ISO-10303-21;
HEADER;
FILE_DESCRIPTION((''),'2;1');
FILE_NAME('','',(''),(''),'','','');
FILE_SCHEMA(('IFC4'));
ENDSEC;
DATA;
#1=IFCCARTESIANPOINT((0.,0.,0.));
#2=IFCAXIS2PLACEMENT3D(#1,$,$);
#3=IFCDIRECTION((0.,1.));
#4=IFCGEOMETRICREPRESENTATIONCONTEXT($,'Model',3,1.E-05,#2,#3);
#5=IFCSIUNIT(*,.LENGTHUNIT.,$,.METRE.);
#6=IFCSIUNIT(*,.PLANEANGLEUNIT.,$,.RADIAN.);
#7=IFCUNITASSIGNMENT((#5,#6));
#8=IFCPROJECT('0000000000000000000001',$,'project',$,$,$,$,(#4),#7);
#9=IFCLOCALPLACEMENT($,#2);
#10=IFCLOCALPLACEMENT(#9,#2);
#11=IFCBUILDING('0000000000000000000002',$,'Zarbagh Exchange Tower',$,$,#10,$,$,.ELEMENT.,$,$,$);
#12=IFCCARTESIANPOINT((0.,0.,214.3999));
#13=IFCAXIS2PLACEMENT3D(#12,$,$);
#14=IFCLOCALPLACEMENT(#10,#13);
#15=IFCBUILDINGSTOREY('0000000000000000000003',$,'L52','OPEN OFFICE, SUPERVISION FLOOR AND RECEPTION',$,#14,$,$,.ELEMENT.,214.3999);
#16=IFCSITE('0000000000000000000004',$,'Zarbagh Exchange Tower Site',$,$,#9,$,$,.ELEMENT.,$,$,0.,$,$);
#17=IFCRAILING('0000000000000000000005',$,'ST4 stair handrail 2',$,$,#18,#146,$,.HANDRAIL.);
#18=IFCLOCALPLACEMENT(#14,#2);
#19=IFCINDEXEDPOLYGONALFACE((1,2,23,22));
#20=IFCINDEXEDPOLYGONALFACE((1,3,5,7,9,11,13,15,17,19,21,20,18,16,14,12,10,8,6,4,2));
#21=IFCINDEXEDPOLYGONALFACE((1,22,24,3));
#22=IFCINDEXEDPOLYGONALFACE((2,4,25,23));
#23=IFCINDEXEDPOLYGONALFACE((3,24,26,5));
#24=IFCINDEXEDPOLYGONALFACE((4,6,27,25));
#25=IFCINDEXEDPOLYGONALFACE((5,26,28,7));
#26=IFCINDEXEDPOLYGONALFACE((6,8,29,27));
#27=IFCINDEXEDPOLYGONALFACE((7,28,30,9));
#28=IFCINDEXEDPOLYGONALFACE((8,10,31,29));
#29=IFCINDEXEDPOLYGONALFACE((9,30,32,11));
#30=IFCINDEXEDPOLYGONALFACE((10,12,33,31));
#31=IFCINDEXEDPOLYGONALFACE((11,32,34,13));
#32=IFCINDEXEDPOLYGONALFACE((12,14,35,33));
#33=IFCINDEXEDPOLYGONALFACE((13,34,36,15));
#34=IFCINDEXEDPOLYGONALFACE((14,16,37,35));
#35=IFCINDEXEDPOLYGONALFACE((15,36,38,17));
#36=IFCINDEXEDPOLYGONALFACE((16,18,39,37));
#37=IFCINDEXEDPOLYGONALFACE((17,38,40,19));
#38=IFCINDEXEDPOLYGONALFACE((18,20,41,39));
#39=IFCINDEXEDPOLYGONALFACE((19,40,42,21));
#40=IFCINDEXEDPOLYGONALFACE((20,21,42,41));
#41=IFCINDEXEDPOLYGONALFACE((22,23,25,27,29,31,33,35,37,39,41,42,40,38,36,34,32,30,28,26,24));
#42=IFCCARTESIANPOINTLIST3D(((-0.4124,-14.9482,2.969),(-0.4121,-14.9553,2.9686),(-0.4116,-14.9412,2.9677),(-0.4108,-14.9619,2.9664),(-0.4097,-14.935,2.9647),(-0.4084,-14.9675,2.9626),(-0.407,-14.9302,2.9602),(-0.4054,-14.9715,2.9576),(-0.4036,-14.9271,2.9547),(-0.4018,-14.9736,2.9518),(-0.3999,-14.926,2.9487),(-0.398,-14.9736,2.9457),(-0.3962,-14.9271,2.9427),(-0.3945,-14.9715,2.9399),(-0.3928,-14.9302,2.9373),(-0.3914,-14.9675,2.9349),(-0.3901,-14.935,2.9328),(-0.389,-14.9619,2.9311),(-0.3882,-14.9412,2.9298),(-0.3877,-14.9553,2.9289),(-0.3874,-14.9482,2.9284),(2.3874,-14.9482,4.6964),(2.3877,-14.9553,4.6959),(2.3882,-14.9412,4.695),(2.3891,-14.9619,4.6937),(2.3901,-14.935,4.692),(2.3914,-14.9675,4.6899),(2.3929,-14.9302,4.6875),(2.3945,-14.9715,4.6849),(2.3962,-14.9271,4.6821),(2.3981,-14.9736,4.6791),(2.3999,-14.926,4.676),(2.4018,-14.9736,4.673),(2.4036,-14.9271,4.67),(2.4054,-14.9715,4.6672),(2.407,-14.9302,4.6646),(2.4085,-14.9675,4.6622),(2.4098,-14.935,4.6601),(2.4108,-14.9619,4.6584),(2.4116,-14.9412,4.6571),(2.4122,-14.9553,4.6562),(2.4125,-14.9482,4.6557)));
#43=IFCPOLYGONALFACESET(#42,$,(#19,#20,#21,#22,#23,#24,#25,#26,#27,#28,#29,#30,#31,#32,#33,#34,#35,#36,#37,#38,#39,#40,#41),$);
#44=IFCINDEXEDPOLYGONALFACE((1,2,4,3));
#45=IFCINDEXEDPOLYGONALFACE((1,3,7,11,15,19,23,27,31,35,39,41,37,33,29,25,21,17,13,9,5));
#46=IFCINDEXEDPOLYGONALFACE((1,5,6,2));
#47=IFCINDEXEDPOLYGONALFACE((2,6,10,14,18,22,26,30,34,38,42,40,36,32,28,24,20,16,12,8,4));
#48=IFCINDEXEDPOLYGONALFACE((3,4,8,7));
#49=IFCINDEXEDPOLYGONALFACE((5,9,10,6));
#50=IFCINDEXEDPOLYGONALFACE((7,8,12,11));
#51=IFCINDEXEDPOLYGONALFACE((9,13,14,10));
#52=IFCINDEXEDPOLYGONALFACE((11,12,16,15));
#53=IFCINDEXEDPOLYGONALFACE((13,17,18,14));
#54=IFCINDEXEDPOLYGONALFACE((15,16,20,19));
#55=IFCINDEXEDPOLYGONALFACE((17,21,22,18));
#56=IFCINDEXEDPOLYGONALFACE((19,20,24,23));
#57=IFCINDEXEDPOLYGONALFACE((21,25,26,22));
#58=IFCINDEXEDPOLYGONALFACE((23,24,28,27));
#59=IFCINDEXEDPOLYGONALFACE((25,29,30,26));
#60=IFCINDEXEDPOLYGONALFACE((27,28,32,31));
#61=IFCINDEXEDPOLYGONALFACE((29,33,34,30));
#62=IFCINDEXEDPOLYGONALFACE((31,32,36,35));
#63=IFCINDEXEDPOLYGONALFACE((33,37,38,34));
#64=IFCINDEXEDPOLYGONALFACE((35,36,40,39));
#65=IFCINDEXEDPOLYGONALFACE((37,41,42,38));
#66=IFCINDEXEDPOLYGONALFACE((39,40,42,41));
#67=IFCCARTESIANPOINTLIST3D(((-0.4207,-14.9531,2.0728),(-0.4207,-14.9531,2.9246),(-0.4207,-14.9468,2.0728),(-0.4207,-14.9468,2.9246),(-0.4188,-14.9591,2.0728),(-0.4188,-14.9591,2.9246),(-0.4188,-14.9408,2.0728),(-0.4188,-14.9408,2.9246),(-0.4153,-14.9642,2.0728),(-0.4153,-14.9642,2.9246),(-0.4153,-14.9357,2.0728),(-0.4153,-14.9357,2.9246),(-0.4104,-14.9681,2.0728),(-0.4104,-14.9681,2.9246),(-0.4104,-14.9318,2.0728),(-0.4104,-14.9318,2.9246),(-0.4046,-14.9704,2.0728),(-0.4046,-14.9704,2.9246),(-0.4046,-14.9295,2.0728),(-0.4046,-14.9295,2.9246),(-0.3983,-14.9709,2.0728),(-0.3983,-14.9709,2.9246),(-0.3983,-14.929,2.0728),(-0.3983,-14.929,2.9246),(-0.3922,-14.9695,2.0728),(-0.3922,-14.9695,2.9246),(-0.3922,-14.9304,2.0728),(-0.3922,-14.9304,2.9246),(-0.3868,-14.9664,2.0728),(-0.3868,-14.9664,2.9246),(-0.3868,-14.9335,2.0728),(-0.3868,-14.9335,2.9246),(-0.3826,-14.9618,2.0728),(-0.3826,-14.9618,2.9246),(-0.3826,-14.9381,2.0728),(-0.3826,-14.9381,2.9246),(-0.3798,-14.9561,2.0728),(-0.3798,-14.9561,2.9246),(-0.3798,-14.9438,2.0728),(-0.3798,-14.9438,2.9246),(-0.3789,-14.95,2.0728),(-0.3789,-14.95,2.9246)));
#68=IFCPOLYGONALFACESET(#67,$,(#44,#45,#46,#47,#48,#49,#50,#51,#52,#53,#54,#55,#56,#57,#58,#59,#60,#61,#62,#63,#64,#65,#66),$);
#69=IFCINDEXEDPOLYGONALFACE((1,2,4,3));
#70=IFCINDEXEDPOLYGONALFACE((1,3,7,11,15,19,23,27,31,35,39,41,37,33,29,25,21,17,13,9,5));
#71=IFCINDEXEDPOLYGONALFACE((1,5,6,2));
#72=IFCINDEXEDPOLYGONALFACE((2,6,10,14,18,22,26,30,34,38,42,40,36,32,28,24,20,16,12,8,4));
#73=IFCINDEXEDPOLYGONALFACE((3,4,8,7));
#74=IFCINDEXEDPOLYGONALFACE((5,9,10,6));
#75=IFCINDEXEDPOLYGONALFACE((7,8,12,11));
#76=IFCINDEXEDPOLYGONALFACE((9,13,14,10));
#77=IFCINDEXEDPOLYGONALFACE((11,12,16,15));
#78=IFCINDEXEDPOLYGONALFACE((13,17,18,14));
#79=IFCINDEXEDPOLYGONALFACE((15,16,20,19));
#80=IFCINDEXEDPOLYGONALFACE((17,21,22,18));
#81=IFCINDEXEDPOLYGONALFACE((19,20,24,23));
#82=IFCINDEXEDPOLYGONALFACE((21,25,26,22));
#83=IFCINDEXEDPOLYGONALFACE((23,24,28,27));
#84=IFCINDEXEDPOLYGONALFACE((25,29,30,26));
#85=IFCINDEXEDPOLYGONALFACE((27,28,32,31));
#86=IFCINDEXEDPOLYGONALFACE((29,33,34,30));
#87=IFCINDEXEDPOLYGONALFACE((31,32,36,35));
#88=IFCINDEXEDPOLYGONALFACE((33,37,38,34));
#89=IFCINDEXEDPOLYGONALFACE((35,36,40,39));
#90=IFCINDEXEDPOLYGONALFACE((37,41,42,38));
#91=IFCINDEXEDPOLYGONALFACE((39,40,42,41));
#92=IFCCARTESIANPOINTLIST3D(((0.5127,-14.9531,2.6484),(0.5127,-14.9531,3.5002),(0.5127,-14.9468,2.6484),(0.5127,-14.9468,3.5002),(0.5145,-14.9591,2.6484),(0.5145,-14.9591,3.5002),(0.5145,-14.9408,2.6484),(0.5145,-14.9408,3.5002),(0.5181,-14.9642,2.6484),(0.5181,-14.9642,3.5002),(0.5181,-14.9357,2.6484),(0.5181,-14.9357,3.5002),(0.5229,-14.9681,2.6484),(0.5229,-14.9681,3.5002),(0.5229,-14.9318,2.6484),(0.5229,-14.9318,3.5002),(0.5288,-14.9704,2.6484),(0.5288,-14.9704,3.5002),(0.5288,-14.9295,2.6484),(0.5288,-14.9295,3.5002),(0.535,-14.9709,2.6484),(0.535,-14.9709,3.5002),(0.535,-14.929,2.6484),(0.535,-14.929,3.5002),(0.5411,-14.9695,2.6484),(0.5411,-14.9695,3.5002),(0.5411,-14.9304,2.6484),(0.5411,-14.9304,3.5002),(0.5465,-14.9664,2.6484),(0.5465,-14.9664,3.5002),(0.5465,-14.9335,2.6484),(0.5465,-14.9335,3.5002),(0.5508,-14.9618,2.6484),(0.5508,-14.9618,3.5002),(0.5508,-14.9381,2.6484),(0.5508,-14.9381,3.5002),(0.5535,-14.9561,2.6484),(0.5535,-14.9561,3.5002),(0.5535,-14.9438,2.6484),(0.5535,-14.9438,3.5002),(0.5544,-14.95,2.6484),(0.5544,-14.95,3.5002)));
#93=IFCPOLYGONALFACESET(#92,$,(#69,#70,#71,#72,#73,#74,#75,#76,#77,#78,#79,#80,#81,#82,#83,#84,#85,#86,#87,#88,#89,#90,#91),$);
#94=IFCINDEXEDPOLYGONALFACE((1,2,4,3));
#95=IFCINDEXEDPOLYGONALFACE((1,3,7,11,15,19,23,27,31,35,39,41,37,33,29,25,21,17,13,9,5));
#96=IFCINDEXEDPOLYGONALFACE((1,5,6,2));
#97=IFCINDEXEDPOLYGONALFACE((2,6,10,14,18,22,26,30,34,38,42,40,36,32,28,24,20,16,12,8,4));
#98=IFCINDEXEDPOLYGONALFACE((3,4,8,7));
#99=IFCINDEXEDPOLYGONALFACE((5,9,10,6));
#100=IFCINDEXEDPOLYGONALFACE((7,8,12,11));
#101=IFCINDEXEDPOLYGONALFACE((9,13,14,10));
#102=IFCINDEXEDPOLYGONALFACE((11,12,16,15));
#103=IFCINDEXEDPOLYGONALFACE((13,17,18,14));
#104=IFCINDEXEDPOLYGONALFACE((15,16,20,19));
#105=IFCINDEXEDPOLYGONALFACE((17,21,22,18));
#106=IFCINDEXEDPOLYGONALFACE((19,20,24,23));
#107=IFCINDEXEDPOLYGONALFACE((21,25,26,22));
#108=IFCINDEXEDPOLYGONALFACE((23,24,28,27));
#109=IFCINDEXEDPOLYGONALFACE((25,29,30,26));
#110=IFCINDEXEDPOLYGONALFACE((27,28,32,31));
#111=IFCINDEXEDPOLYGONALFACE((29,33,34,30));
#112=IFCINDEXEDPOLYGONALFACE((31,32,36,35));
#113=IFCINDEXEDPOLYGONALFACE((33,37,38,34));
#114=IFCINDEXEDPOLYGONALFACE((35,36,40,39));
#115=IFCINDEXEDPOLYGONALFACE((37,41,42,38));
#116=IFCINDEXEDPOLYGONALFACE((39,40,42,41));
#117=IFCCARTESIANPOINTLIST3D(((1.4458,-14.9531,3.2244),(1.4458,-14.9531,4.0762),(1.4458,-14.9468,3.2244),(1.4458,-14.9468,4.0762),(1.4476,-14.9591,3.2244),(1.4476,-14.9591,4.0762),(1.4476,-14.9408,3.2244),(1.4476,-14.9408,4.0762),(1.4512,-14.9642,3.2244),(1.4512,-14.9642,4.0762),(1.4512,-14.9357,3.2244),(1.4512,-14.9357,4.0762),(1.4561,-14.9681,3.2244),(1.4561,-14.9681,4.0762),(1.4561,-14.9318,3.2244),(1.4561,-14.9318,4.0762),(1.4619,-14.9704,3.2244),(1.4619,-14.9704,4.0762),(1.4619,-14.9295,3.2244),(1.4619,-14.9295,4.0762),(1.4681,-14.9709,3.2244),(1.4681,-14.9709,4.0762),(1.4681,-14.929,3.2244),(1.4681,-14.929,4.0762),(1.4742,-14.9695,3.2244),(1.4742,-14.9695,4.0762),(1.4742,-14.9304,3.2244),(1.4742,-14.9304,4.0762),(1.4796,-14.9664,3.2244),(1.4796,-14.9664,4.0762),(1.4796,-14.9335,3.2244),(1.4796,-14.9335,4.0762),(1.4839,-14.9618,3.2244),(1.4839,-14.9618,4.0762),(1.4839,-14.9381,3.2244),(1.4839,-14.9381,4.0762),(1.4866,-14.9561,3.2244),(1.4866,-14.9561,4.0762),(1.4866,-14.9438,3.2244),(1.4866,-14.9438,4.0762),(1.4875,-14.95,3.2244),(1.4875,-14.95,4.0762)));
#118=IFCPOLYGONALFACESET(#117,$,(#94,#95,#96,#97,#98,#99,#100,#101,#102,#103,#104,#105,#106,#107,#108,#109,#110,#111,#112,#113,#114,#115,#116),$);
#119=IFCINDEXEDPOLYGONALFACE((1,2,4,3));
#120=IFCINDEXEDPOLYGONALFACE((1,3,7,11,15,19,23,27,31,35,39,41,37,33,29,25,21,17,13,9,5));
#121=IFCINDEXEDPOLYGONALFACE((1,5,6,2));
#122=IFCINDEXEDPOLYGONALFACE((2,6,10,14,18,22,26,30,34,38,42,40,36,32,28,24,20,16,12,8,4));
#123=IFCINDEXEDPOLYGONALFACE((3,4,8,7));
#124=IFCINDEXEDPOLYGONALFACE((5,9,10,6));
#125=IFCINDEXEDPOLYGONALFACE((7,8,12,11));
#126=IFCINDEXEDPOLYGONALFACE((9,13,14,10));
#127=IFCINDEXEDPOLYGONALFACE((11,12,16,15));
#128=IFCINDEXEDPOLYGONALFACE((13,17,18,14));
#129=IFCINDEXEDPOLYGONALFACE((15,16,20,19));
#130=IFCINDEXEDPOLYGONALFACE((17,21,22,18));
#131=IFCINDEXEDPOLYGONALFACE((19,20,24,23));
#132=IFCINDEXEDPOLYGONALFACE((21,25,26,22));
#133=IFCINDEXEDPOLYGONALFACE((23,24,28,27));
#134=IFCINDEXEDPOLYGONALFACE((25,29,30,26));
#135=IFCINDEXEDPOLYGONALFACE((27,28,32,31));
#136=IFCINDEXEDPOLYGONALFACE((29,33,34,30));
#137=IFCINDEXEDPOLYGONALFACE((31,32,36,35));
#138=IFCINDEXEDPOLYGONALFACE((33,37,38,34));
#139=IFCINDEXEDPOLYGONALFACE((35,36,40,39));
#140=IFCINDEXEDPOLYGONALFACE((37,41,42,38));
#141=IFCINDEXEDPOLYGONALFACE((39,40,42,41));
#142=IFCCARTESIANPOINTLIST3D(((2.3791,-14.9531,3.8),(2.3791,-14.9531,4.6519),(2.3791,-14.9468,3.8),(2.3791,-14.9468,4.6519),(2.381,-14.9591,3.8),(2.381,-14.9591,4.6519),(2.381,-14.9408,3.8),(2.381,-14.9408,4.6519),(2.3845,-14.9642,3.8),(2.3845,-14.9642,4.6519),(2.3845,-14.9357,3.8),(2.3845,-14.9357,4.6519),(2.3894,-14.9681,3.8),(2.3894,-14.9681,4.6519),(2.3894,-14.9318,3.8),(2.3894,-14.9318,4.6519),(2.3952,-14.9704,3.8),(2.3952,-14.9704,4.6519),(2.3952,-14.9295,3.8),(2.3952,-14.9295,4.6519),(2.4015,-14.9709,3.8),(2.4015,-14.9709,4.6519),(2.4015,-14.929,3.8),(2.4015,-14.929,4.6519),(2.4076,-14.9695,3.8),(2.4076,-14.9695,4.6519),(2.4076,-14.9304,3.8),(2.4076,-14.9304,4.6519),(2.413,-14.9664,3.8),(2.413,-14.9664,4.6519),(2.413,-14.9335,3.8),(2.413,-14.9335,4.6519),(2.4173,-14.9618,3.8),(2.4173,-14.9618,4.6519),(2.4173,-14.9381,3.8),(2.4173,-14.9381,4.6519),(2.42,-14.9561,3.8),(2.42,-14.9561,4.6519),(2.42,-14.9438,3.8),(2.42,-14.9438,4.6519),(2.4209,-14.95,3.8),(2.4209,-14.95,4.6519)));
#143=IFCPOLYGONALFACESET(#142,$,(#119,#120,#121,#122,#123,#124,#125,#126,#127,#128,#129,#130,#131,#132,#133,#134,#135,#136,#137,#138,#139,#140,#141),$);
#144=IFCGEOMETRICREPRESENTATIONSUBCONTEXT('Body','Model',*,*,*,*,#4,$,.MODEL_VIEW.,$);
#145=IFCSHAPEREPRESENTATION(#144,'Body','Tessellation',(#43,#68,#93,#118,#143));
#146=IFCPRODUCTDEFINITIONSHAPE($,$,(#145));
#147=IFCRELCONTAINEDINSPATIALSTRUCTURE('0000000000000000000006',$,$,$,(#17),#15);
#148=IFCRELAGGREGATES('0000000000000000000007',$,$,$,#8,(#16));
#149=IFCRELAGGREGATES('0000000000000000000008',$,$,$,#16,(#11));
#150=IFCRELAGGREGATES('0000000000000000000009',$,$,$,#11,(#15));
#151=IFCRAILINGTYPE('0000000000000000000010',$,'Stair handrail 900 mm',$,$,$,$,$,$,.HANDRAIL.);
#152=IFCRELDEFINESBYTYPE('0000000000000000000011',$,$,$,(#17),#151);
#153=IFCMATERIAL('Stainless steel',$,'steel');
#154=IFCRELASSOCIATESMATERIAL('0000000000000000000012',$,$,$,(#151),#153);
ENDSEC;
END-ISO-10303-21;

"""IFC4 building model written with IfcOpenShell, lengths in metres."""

from ifc_helpers import new_model, si_unit, direction, frame, origin, origin_2d, place, context, subcontext, project, spatial, circle, extrude, material, type_object, element, save


model = new_model("IFC4")

# Units and contexts
model_context = context("Model", 3, precision=1e-05, world=origin(), true_north=direction((0.0, 1.0)))
body_context = subcontext(model_context, "Body", "Model", "MODEL_VIEW")
ifc_project = project(units=[si_unit("LENGTHUNIT", "METRE"), si_unit("PLANEANGLEUNIT", "RADIAN")], contexts=[model_context])

# Site, building, storey
site_placement = place(None, origin())
site = spatial("IfcSite", under=ifc_project, at=site_placement, Name="Zarbagh Exchange Tower Site", CompositionType="ELEMENT", RefElevation=0.0)
building_placement = place(site_placement, origin())
building = spatial("IfcBuilding", under=site, at=building_placement, Name="Zarbagh Exchange Tower", CompositionType="ELEMENT")
storey_placement = place(building_placement, frame((0.0, 0.0, 214.3999)))
storey = spatial("IfcBuildingStorey", under=building, at=storey_placement, Name="L52", Description="OPEN OFFICE, SUPERVISION FLOOR AND RECEPTION", CompositionType="ELEMENT", Elevation=214.3999)

# Shared definitions
ifc_material_1 = material(Name="Stainless steel", Category="steel")

# Railing
railing_type = type_object("IfcRailingType", Name="Stair handrail 900 mm", PredefinedType="HANDRAIL", material=ifc_material_1)
railing_placement = place(storey_placement, frame((-0.3999, -14.95, 2.0728)))
element("IfcRailing", 1, at=railing_placement, inside=storey, type_object=railing_type, Name="ST4 stair handrail 2", PredefinedType="HANDRAIL", context=body_context, shape_type="SweptSolid", body=[
    extrude(circle(Radius=0.0239, at=origin_2d()), frame((0.0, 0.0, 0.876), z_axis=(0.851069, 0.0, 0.525054), x_axis=(0.0, 1.0, 0.0)), (0.0, 0.0, 1.0), 3.2898),
    extrude(circle(Radius=0.021, at=origin_2d()), origin(), (0.0, 0.0, 1.0), 0.8518),
    extrude(circle(Radius=0.021, at=origin_2d()), frame((0.9333, 0.0, 0.5757)), (0.0, 0.0, 1.0), 0.8518),
    extrude(circle(Radius=0.021, at=origin_2d()), frame((1.8665, 0.0, 1.1516)), (0.0, 0.0, 1.0), 0.8518),
    extrude(circle(Radius=0.021, at=origin_2d()), frame((2.7998, 0.0, 1.7273)), (0.0, 0.0, 1.0), 0.8518),
])

save(model, "model.ifc")
